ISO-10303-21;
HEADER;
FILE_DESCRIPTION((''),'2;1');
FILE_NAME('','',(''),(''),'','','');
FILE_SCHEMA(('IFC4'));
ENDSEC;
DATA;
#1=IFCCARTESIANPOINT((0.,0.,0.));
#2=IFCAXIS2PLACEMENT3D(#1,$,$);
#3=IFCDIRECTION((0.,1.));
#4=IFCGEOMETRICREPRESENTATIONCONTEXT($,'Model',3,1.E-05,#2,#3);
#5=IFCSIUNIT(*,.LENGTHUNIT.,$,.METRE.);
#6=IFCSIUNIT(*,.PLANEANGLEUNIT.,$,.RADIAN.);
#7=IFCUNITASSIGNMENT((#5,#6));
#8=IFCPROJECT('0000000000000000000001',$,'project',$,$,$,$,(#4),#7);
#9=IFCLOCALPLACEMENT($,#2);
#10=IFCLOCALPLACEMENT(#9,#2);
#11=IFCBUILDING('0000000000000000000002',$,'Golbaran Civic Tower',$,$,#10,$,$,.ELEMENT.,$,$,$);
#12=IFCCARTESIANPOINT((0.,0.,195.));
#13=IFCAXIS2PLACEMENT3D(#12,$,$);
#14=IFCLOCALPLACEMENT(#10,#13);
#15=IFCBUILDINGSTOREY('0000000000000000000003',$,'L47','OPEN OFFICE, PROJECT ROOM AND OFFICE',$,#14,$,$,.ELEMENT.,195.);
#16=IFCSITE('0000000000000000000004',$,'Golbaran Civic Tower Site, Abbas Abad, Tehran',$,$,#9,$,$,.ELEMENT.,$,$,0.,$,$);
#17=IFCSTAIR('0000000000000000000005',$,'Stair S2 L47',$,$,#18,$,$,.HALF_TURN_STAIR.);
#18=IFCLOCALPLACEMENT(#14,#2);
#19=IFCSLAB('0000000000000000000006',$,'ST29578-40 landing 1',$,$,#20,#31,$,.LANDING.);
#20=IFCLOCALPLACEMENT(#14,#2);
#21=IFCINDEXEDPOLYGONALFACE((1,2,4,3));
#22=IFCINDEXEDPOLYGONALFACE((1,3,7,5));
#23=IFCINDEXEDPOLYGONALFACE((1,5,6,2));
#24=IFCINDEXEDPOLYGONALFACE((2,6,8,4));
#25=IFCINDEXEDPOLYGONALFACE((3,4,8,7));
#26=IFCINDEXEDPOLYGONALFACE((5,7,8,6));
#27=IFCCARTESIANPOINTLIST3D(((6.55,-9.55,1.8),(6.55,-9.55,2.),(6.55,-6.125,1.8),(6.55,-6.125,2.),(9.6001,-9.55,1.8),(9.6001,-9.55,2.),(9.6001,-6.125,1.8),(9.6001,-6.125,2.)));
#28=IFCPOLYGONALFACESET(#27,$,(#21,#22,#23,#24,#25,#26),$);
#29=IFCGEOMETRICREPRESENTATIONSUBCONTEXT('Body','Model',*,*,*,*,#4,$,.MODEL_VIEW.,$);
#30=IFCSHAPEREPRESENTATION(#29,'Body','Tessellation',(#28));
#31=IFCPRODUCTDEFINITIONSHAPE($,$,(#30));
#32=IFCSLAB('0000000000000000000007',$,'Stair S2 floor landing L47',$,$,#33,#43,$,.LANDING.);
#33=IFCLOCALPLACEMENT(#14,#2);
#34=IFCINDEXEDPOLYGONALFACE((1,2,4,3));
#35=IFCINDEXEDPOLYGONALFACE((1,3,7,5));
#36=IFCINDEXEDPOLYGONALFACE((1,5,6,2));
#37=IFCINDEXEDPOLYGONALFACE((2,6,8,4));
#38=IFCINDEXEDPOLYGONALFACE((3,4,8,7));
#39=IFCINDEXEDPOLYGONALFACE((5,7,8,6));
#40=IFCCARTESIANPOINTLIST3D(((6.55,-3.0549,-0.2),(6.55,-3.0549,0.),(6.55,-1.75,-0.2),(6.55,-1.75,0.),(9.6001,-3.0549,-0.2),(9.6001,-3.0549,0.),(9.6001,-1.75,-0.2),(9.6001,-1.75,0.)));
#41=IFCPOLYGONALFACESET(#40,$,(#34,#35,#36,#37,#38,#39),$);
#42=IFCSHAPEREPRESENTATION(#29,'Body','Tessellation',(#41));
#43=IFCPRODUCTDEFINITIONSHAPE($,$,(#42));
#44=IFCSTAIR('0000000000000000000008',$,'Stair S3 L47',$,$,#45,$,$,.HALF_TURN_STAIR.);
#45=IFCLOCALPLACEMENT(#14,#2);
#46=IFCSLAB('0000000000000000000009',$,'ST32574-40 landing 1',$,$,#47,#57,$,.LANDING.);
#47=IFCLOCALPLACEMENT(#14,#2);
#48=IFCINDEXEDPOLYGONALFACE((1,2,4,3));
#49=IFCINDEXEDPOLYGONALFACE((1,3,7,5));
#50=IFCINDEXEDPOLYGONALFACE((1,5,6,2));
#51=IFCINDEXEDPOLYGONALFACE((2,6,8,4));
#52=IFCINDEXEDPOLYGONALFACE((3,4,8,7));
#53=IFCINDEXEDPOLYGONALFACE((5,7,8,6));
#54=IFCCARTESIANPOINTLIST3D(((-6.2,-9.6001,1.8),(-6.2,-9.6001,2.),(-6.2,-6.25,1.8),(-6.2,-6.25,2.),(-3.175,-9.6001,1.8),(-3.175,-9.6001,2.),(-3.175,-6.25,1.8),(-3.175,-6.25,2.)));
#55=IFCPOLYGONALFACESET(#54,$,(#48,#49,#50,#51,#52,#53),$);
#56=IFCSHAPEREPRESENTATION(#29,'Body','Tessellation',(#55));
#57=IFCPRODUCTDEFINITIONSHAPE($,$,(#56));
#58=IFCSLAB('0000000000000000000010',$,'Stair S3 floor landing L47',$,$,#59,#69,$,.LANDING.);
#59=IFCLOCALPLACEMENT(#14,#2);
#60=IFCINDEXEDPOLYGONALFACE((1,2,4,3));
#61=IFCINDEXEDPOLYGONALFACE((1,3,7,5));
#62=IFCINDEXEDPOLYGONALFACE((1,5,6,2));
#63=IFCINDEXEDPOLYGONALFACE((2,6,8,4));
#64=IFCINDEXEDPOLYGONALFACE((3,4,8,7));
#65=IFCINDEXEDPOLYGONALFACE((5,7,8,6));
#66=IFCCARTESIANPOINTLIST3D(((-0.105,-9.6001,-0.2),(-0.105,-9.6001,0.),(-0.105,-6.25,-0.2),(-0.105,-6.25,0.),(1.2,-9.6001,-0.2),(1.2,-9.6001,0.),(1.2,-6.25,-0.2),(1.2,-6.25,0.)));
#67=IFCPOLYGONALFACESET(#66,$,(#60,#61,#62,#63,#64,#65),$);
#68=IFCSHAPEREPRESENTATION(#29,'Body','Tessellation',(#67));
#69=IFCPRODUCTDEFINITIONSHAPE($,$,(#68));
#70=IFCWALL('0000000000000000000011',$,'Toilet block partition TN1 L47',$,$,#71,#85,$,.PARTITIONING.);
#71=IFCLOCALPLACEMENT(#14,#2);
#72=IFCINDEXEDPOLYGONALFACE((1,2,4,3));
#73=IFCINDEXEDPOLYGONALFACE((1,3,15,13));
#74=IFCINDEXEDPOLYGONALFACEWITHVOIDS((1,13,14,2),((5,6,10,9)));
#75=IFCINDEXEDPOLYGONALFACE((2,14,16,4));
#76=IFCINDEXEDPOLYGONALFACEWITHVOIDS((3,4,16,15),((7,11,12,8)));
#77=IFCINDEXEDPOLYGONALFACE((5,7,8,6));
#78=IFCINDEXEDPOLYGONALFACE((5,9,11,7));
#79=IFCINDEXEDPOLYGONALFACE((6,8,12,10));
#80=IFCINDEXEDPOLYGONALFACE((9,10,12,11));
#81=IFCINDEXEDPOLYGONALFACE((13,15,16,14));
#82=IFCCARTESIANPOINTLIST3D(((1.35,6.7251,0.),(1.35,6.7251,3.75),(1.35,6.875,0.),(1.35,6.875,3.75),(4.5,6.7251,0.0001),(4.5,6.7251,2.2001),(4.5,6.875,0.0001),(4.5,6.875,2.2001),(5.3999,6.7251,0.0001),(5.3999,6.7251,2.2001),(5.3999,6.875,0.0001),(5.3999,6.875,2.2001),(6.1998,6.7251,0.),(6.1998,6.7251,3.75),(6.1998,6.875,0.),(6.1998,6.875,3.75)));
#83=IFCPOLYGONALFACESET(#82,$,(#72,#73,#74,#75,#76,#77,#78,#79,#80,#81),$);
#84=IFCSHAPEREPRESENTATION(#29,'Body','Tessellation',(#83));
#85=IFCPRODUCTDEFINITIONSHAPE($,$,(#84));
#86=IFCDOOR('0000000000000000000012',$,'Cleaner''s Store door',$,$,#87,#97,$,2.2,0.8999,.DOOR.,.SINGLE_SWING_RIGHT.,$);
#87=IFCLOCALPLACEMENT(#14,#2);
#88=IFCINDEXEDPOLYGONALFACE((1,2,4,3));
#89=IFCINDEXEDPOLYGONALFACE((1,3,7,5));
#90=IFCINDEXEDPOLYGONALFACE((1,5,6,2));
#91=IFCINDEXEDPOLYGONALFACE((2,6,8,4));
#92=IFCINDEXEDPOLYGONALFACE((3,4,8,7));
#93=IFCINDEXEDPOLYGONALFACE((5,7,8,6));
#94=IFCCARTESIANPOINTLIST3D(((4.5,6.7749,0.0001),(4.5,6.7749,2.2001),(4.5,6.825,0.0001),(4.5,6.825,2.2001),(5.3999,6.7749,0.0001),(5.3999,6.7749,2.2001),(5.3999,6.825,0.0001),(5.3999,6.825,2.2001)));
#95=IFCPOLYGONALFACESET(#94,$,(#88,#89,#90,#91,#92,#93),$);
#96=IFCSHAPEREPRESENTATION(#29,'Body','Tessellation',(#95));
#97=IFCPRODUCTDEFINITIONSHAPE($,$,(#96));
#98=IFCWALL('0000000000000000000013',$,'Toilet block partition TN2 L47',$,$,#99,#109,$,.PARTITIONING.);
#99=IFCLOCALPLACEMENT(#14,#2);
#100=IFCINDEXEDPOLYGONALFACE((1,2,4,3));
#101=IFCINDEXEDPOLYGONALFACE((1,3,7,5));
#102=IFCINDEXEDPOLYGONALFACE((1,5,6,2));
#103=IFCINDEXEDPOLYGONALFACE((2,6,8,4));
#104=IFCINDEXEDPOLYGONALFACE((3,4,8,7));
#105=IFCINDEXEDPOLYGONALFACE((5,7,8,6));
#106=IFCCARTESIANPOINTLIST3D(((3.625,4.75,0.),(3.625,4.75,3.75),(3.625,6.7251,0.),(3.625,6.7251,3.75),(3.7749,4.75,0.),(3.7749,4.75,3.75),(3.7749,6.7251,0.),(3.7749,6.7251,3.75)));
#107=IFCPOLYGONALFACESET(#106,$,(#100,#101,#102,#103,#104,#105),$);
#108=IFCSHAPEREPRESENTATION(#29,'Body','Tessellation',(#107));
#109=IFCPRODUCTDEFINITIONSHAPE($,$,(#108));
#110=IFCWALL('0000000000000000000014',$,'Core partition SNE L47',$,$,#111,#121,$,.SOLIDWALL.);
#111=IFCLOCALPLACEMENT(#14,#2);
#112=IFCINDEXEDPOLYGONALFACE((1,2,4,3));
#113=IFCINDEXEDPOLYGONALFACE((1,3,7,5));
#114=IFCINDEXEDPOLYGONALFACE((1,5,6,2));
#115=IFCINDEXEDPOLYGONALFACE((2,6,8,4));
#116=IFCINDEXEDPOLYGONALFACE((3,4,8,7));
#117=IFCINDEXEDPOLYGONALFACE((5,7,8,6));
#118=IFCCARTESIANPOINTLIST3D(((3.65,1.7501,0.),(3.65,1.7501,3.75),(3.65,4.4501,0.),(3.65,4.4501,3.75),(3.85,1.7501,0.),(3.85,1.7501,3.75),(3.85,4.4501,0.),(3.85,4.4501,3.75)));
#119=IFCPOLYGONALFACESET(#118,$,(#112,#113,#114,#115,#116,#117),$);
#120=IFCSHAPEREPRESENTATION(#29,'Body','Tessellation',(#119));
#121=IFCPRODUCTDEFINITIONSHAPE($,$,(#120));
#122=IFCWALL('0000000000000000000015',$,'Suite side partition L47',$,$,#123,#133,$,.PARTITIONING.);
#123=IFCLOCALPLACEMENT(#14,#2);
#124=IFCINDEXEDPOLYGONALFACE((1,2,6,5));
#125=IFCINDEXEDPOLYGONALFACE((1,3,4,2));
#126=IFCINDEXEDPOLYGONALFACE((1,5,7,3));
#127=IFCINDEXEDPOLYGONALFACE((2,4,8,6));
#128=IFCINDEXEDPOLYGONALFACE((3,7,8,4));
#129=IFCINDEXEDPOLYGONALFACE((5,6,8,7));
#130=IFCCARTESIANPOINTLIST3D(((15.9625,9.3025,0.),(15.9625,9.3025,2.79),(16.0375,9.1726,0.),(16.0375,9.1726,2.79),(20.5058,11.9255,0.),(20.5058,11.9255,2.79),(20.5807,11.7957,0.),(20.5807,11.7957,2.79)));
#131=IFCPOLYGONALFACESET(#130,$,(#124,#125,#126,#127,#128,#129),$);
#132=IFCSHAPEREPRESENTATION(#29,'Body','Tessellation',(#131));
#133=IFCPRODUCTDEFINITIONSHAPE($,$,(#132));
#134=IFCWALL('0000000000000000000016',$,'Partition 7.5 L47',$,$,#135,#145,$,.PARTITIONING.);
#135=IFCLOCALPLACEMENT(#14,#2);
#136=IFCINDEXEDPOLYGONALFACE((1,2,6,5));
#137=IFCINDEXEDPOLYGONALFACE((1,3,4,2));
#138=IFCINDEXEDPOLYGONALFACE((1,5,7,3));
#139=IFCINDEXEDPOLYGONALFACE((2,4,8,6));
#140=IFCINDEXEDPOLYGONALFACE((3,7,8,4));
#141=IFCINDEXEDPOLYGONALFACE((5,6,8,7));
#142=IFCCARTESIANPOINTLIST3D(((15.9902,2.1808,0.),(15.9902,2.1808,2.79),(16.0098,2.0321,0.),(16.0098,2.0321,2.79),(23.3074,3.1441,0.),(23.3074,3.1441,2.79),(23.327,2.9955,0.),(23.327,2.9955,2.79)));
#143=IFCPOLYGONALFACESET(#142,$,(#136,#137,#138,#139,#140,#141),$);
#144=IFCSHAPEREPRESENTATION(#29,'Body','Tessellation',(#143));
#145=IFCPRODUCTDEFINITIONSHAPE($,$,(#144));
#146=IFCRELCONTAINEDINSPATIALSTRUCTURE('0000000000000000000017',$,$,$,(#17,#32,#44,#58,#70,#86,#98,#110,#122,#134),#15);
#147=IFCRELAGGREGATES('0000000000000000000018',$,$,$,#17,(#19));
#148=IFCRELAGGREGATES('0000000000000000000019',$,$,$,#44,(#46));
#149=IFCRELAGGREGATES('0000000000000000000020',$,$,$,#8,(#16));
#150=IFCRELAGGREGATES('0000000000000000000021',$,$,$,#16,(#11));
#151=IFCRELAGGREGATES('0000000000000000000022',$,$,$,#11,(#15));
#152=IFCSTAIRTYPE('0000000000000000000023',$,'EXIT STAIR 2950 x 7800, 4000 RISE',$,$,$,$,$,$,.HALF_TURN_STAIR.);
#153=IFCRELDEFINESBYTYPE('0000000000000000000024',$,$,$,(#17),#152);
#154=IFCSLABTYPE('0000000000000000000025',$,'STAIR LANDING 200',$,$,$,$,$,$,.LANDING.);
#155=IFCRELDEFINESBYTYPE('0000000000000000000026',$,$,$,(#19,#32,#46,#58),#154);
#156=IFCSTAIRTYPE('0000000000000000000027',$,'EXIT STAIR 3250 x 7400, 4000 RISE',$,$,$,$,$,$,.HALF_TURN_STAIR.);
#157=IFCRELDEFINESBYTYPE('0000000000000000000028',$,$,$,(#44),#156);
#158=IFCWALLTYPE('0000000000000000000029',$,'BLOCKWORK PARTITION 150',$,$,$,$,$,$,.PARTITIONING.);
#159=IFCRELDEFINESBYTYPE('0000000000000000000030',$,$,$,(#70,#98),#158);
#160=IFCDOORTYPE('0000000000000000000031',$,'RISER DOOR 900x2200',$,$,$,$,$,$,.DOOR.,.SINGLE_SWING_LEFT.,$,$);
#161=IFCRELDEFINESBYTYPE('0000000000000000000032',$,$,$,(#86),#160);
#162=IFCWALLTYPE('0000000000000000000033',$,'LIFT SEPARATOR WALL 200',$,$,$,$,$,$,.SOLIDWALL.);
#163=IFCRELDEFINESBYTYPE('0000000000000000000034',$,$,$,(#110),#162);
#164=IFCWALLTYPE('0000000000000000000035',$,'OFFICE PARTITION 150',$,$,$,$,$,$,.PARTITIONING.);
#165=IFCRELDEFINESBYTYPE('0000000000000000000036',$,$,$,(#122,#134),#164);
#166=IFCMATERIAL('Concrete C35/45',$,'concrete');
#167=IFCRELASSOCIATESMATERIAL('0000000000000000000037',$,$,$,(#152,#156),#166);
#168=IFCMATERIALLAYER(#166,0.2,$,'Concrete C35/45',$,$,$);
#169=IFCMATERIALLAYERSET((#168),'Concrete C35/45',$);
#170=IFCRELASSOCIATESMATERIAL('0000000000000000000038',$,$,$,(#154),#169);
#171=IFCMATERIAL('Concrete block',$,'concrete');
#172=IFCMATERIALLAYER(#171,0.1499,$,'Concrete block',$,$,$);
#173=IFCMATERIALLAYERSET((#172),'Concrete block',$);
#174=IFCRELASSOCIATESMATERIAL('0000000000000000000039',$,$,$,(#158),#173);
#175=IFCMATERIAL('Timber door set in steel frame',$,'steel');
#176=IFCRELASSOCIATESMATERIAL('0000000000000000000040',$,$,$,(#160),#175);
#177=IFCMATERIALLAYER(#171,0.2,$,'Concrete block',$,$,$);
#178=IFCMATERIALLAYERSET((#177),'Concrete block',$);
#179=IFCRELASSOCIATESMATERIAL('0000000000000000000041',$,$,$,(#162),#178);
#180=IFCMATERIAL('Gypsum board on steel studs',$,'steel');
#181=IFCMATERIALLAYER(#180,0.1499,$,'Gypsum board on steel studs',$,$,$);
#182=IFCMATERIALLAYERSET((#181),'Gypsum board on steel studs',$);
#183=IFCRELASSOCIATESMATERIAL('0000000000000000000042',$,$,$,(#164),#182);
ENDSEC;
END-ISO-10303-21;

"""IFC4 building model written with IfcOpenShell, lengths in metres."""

from ifc_helpers import new_model, si_unit, direction, frame, frame_2d, origin, place, context, subcontext, project, spatial, polyline, rectangle, outline, extrude, material, layer, layer_set, type_object, element, fill, aggregate, save


model = new_model("IFC4")

# Units and contexts
model_context = context("Model", 3, precision=1e-05, world=origin(), true_north=direction((0.0, 1.0)))
body_context = subcontext(model_context, "Body", "Model", "MODEL_VIEW")
ifc_project = project(units=[si_unit("LENGTHUNIT", "METRE"), si_unit("PLANEANGLEUNIT", "RADIAN")], contexts=[model_context])

# Site, building, storey
site_placement = place(None, origin())
site = spatial("IfcSite", under=ifc_project, at=site_placement, Name="Golbaran Civic Tower Site, Abbas Abad, Tehran", CompositionType="ELEMENT", RefElevation=0.0)
building_placement = place(site_placement, origin())
building = spatial("IfcBuilding", under=site, at=building_placement, Name="Golbaran Civic Tower", CompositionType="ELEMENT")
storey_placement = place(building_placement, frame((0.0, 0.0, 195.0)))
storey = spatial("IfcBuildingStorey", under=building, at=storey_placement, Name="L47", Description="OPEN OFFICE, PROJECT ROOM AND OFFICE", CompositionType="ELEMENT", Elevation=195.0)

# Stair, slab
ifc_material_1 = material(Name="Concrete C35/45", Category="concrete")
stair_type_1 = type_object("IfcStairType", Name="EXIT STAIR 2950 x 7800, 4000 RISE", PredefinedType="HALF_TURN_STAIR", material=ifc_material_1)
stair_1_placement = place(storey_placement, origin())
stair_1 = element("IfcStair", 1, at=stair_1_placement, inside=storey, type_object=stair_type_1, Name="Stair S2 L47", PredefinedType="HALF_TURN_STAIR")
ifc_layer_1 = layer(ifc_material_1, 0.2, Name="Concrete C35/45")
ifc_layer_set_1 = layer_set([ifc_layer_1], Name="Concrete C35/45")
slab_type = type_object("IfcSlabType", Name="STAIR LANDING 200", PredefinedType="LANDING", material=ifc_layer_set_1)
slab_1_placement = place(storey_placement, frame((0.0, 0.0, 1.8)))
slab_1 = element("IfcSlab", 2, at=slab_1_placement, type_object=slab_type, Name="ST29578-40 landing 1", PredefinedType="LANDING", context=body_context, shape_type="SweptSolid", body=[
    extrude(outline(polyline([(9.6001, -6.125), (9.6001, -9.55), (6.55, -9.55), (6.55, -6.125), (9.6001, -6.125)])), origin(), (0.0, 0.0, 1.0), 0.2),
])
aggregate(stair_1, [slab_1])

# Slab
slab_2_placement = place(storey_placement, frame((0.0, 0.0, -0.2)))
element("IfcSlab", 3, at=slab_2_placement, inside=storey, type_object=slab_type, Name="Stair S2 floor landing L47", PredefinedType="LANDING", context=body_context, shape_type="SweptSolid", body=[
    extrude(outline(polyline([(9.6001, -1.75), (9.6001, -3.0549), (6.55, -3.0549), (6.55, -1.75), (9.6001, -1.75)])), origin(), (0.0, 0.0, 1.0), 0.2),
])

# Stair, slab
stair_type_2 = type_object("IfcStairType", Name="EXIT STAIR 3250 x 7400, 4000 RISE", PredefinedType="HALF_TURN_STAIR", material=ifc_material_1)
stair_2_placement = place(storey_placement, origin())
stair_2 = element("IfcStair", 4, at=stair_2_placement, inside=storey, type_object=stair_type_2, Name="Stair S3 L47", PredefinedType="HALF_TURN_STAIR")
slab_3_placement = place(storey_placement, frame((0.0, 0.0, 1.8)))
slab_3 = element("IfcSlab", 5, at=slab_3_placement, type_object=slab_type, Name="ST32574-40 landing 1", PredefinedType="LANDING", context=body_context, shape_type="SweptSolid", body=[
    extrude(outline(polyline([(-3.175, -9.6001), (-6.2, -9.6001), (-6.2, -6.25), (-3.175, -6.25), (-3.175, -9.6001)])), origin(), (0.0, 0.0, 1.0), 0.2),
])
aggregate(stair_2, [slab_3])

# Slab
slab_4_placement = place(storey_placement, frame((0.0, 0.0, -0.2)))
element("IfcSlab", 6, at=slab_4_placement, inside=storey, type_object=slab_type, Name="Stair S3 floor landing L47", PredefinedType="LANDING", context=body_context, shape_type="SweptSolid", body=[
    extrude(outline(polyline([(1.2, -9.6001), (-0.105, -9.6001), (-0.105, -6.25), (1.2, -6.25), (1.2, -9.6001)])), origin(), (0.0, 0.0, 1.0), 0.2),
])

# Wall, opening, door
ifc_material_2 = material(Name="Concrete block", Category="concrete")
ifc_layer_2 = layer(ifc_material_2, 0.1499, Name="Concrete block")
ifc_layer_set_2 = layer_set([ifc_layer_2], Name="Concrete block")
wall_type_1 = type_object("IfcWallType", Name="BLOCKWORK PARTITION 150", PredefinedType="PARTITIONING", material=ifc_layer_set_2)
wall_1_placement = place(storey_placement, frame((1.3501, 6.8, 0.0), z_axis=(0.0, 0.0, 1.0), x_axis=(1.0, 0.0, 0.0)))
wall_1 = element("IfcWall", 7, at=wall_1_placement, inside=storey, type_object=wall_type_1, Name="Toilet block partition TN1 L47", PredefinedType="PARTITIONING", context=body_context, shape_type="SweptSolid", body=[
    extrude(rectangle(XDim=4.8499, YDim=0.1499, at=frame_2d((2.4248, 0.0))), origin(), (0.0, 0.0, 1.0), 3.75),
])
opening_1_placement = place(wall_1_placement, frame((3.1499, 0.0, 0.0)))
opening_1 = element("IfcOpeningElement", 8, at=opening_1_placement, cuts=wall_1, PredefinedType="OPENING", context=body_context, shape_type="SweptSolid", body=[
    extrude(rectangle(XDim=0.8999, YDim=2.2, at=frame_2d((0.45, 1.1001))), frame((0.0, 0.085, 0.0), z_axis=(0.0, -1.0, 0.0), x_axis=(1.0, 0.0, 0.0)), (0.0, 0.0, 1.0), 0.1699),
])
ifc_material_3 = material(Name="Timber door set in steel frame", Category="steel")
door_type_1 = type_object("IfcDoorType", Name="RISER DOOR 900x2200", OperationType="SINGLE_SWING_LEFT", PredefinedType="DOOR", material=ifc_material_3)
door_1_placement = place(opening_1_placement, origin())
door_1 = element("IfcDoor", 9, at=door_1_placement, inside=storey, type_object=door_type_1, Name="Cleaner's Store door", OperationType="SINGLE_SWING_RIGHT", OverallHeight=2.2, OverallWidth=0.8999, PredefinedType="DOOR", context=body_context, shape_type="SweptSolid", body=[
    extrude(rectangle(XDim=0.8999, YDim=2.2, at=frame_2d((0.45, 1.1001))), frame((0.0, 0.0249, 0.0), z_axis=(0.0, -1.0, 0.0), x_axis=(1.0, 0.0, 0.0)), (0.0, 0.0, 1.0), 0.05),
])
fill(opening_1, door_1)

# Walls
wall_2_placement = place(storey_placement, frame((3.7, 4.75, 0.0), z_axis=(0.0, 0.0, 1.0), x_axis=(0.0, 1.0, 0.0)))
element("IfcWall", 10, at=wall_2_placement, inside=storey, type_object=wall_type_1, Name="Toilet block partition TN2 L47", PredefinedType="PARTITIONING", context=body_context, shape_type="SweptSolid", body=[
    extrude(rectangle(XDim=1.9751, YDim=0.1499, at=frame_2d((0.9875, 0.0))), origin(), (0.0, 0.0, 1.0), 3.75),
])
ifc_layer_3 = layer(ifc_material_2, 0.2, Name="Concrete block")
ifc_layer_set_3 = layer_set([ifc_layer_3], Name="Concrete block")
wall_type_2 = type_object("IfcWallType", Name="LIFT SEPARATOR WALL 200", PredefinedType="SOLIDWALL", material=ifc_layer_set_3)
wall_3_placement = place(storey_placement, frame((3.75, 1.75, 0.0), z_axis=(0.0, 0.0, 1.0), x_axis=(0.0, 1.0, 0.0)))
element("IfcWall", 11, at=wall_3_placement, inside=storey, type_object=wall_type_2, Name="Core partition SNE L47", PredefinedType="SOLIDWALL", context=body_context, shape_type="SweptSolid", body=[
    extrude(rectangle(XDim=2.7, YDim=0.2, at=frame_2d((1.3501, 0.0))), origin(), (0.0, 0.0, 1.0), 3.75),
])
ifc_material_4 = material(Name="Gypsum board on steel studs", Category="steel")
ifc_layer_4 = layer(ifc_material_4, 0.1499, Name="Gypsum board on steel studs")
ifc_layer_set_4 = layer_set([ifc_layer_4], Name="Gypsum board on steel studs")
wall_type_3 = type_object("IfcWallType", Name="OFFICE PARTITION 150", PredefinedType="PARTITIONING", material=ifc_layer_set_4)
wall_4_placement = place(storey_placement, frame((16.0, 9.2375, 0.0), z_axis=(0.0, 0.0, 1.0), x_axis=(0.866024, 0.500003, 0.0)))
element("IfcWall", 12, at=wall_4_placement, inside=storey, type_object=wall_type_3, Name="Suite side partition L47", PredefinedType="PARTITIONING", context=body_context, shape_type="SweptSolid", body=[
    extrude(rectangle(XDim=5.2461, YDim=0.1499, at=frame_2d((2.623, 0.0))), origin(), (0.0, 0.0, 1.0), 2.79),
])
wall_5_placement = place(storey_placement, frame((16.0, 2.1064, 0.0), z_axis=(0.0, 0.0, 1.0), x_axis=(0.991444, 0.130534, 0.0)))
element("IfcWall", 13, at=wall_5_placement, inside=storey, type_object=wall_type_3, Name="Partition 7.5 L47", PredefinedType="PARTITIONING", context=body_context, shape_type="SweptSolid", body=[
    extrude(rectangle(XDim=7.3804, YDim=0.1499, at=frame_2d((3.6902, 0.0))), origin(), (0.0, 0.0, 1.0), 2.79),
])

save(model, "model.ifc")
